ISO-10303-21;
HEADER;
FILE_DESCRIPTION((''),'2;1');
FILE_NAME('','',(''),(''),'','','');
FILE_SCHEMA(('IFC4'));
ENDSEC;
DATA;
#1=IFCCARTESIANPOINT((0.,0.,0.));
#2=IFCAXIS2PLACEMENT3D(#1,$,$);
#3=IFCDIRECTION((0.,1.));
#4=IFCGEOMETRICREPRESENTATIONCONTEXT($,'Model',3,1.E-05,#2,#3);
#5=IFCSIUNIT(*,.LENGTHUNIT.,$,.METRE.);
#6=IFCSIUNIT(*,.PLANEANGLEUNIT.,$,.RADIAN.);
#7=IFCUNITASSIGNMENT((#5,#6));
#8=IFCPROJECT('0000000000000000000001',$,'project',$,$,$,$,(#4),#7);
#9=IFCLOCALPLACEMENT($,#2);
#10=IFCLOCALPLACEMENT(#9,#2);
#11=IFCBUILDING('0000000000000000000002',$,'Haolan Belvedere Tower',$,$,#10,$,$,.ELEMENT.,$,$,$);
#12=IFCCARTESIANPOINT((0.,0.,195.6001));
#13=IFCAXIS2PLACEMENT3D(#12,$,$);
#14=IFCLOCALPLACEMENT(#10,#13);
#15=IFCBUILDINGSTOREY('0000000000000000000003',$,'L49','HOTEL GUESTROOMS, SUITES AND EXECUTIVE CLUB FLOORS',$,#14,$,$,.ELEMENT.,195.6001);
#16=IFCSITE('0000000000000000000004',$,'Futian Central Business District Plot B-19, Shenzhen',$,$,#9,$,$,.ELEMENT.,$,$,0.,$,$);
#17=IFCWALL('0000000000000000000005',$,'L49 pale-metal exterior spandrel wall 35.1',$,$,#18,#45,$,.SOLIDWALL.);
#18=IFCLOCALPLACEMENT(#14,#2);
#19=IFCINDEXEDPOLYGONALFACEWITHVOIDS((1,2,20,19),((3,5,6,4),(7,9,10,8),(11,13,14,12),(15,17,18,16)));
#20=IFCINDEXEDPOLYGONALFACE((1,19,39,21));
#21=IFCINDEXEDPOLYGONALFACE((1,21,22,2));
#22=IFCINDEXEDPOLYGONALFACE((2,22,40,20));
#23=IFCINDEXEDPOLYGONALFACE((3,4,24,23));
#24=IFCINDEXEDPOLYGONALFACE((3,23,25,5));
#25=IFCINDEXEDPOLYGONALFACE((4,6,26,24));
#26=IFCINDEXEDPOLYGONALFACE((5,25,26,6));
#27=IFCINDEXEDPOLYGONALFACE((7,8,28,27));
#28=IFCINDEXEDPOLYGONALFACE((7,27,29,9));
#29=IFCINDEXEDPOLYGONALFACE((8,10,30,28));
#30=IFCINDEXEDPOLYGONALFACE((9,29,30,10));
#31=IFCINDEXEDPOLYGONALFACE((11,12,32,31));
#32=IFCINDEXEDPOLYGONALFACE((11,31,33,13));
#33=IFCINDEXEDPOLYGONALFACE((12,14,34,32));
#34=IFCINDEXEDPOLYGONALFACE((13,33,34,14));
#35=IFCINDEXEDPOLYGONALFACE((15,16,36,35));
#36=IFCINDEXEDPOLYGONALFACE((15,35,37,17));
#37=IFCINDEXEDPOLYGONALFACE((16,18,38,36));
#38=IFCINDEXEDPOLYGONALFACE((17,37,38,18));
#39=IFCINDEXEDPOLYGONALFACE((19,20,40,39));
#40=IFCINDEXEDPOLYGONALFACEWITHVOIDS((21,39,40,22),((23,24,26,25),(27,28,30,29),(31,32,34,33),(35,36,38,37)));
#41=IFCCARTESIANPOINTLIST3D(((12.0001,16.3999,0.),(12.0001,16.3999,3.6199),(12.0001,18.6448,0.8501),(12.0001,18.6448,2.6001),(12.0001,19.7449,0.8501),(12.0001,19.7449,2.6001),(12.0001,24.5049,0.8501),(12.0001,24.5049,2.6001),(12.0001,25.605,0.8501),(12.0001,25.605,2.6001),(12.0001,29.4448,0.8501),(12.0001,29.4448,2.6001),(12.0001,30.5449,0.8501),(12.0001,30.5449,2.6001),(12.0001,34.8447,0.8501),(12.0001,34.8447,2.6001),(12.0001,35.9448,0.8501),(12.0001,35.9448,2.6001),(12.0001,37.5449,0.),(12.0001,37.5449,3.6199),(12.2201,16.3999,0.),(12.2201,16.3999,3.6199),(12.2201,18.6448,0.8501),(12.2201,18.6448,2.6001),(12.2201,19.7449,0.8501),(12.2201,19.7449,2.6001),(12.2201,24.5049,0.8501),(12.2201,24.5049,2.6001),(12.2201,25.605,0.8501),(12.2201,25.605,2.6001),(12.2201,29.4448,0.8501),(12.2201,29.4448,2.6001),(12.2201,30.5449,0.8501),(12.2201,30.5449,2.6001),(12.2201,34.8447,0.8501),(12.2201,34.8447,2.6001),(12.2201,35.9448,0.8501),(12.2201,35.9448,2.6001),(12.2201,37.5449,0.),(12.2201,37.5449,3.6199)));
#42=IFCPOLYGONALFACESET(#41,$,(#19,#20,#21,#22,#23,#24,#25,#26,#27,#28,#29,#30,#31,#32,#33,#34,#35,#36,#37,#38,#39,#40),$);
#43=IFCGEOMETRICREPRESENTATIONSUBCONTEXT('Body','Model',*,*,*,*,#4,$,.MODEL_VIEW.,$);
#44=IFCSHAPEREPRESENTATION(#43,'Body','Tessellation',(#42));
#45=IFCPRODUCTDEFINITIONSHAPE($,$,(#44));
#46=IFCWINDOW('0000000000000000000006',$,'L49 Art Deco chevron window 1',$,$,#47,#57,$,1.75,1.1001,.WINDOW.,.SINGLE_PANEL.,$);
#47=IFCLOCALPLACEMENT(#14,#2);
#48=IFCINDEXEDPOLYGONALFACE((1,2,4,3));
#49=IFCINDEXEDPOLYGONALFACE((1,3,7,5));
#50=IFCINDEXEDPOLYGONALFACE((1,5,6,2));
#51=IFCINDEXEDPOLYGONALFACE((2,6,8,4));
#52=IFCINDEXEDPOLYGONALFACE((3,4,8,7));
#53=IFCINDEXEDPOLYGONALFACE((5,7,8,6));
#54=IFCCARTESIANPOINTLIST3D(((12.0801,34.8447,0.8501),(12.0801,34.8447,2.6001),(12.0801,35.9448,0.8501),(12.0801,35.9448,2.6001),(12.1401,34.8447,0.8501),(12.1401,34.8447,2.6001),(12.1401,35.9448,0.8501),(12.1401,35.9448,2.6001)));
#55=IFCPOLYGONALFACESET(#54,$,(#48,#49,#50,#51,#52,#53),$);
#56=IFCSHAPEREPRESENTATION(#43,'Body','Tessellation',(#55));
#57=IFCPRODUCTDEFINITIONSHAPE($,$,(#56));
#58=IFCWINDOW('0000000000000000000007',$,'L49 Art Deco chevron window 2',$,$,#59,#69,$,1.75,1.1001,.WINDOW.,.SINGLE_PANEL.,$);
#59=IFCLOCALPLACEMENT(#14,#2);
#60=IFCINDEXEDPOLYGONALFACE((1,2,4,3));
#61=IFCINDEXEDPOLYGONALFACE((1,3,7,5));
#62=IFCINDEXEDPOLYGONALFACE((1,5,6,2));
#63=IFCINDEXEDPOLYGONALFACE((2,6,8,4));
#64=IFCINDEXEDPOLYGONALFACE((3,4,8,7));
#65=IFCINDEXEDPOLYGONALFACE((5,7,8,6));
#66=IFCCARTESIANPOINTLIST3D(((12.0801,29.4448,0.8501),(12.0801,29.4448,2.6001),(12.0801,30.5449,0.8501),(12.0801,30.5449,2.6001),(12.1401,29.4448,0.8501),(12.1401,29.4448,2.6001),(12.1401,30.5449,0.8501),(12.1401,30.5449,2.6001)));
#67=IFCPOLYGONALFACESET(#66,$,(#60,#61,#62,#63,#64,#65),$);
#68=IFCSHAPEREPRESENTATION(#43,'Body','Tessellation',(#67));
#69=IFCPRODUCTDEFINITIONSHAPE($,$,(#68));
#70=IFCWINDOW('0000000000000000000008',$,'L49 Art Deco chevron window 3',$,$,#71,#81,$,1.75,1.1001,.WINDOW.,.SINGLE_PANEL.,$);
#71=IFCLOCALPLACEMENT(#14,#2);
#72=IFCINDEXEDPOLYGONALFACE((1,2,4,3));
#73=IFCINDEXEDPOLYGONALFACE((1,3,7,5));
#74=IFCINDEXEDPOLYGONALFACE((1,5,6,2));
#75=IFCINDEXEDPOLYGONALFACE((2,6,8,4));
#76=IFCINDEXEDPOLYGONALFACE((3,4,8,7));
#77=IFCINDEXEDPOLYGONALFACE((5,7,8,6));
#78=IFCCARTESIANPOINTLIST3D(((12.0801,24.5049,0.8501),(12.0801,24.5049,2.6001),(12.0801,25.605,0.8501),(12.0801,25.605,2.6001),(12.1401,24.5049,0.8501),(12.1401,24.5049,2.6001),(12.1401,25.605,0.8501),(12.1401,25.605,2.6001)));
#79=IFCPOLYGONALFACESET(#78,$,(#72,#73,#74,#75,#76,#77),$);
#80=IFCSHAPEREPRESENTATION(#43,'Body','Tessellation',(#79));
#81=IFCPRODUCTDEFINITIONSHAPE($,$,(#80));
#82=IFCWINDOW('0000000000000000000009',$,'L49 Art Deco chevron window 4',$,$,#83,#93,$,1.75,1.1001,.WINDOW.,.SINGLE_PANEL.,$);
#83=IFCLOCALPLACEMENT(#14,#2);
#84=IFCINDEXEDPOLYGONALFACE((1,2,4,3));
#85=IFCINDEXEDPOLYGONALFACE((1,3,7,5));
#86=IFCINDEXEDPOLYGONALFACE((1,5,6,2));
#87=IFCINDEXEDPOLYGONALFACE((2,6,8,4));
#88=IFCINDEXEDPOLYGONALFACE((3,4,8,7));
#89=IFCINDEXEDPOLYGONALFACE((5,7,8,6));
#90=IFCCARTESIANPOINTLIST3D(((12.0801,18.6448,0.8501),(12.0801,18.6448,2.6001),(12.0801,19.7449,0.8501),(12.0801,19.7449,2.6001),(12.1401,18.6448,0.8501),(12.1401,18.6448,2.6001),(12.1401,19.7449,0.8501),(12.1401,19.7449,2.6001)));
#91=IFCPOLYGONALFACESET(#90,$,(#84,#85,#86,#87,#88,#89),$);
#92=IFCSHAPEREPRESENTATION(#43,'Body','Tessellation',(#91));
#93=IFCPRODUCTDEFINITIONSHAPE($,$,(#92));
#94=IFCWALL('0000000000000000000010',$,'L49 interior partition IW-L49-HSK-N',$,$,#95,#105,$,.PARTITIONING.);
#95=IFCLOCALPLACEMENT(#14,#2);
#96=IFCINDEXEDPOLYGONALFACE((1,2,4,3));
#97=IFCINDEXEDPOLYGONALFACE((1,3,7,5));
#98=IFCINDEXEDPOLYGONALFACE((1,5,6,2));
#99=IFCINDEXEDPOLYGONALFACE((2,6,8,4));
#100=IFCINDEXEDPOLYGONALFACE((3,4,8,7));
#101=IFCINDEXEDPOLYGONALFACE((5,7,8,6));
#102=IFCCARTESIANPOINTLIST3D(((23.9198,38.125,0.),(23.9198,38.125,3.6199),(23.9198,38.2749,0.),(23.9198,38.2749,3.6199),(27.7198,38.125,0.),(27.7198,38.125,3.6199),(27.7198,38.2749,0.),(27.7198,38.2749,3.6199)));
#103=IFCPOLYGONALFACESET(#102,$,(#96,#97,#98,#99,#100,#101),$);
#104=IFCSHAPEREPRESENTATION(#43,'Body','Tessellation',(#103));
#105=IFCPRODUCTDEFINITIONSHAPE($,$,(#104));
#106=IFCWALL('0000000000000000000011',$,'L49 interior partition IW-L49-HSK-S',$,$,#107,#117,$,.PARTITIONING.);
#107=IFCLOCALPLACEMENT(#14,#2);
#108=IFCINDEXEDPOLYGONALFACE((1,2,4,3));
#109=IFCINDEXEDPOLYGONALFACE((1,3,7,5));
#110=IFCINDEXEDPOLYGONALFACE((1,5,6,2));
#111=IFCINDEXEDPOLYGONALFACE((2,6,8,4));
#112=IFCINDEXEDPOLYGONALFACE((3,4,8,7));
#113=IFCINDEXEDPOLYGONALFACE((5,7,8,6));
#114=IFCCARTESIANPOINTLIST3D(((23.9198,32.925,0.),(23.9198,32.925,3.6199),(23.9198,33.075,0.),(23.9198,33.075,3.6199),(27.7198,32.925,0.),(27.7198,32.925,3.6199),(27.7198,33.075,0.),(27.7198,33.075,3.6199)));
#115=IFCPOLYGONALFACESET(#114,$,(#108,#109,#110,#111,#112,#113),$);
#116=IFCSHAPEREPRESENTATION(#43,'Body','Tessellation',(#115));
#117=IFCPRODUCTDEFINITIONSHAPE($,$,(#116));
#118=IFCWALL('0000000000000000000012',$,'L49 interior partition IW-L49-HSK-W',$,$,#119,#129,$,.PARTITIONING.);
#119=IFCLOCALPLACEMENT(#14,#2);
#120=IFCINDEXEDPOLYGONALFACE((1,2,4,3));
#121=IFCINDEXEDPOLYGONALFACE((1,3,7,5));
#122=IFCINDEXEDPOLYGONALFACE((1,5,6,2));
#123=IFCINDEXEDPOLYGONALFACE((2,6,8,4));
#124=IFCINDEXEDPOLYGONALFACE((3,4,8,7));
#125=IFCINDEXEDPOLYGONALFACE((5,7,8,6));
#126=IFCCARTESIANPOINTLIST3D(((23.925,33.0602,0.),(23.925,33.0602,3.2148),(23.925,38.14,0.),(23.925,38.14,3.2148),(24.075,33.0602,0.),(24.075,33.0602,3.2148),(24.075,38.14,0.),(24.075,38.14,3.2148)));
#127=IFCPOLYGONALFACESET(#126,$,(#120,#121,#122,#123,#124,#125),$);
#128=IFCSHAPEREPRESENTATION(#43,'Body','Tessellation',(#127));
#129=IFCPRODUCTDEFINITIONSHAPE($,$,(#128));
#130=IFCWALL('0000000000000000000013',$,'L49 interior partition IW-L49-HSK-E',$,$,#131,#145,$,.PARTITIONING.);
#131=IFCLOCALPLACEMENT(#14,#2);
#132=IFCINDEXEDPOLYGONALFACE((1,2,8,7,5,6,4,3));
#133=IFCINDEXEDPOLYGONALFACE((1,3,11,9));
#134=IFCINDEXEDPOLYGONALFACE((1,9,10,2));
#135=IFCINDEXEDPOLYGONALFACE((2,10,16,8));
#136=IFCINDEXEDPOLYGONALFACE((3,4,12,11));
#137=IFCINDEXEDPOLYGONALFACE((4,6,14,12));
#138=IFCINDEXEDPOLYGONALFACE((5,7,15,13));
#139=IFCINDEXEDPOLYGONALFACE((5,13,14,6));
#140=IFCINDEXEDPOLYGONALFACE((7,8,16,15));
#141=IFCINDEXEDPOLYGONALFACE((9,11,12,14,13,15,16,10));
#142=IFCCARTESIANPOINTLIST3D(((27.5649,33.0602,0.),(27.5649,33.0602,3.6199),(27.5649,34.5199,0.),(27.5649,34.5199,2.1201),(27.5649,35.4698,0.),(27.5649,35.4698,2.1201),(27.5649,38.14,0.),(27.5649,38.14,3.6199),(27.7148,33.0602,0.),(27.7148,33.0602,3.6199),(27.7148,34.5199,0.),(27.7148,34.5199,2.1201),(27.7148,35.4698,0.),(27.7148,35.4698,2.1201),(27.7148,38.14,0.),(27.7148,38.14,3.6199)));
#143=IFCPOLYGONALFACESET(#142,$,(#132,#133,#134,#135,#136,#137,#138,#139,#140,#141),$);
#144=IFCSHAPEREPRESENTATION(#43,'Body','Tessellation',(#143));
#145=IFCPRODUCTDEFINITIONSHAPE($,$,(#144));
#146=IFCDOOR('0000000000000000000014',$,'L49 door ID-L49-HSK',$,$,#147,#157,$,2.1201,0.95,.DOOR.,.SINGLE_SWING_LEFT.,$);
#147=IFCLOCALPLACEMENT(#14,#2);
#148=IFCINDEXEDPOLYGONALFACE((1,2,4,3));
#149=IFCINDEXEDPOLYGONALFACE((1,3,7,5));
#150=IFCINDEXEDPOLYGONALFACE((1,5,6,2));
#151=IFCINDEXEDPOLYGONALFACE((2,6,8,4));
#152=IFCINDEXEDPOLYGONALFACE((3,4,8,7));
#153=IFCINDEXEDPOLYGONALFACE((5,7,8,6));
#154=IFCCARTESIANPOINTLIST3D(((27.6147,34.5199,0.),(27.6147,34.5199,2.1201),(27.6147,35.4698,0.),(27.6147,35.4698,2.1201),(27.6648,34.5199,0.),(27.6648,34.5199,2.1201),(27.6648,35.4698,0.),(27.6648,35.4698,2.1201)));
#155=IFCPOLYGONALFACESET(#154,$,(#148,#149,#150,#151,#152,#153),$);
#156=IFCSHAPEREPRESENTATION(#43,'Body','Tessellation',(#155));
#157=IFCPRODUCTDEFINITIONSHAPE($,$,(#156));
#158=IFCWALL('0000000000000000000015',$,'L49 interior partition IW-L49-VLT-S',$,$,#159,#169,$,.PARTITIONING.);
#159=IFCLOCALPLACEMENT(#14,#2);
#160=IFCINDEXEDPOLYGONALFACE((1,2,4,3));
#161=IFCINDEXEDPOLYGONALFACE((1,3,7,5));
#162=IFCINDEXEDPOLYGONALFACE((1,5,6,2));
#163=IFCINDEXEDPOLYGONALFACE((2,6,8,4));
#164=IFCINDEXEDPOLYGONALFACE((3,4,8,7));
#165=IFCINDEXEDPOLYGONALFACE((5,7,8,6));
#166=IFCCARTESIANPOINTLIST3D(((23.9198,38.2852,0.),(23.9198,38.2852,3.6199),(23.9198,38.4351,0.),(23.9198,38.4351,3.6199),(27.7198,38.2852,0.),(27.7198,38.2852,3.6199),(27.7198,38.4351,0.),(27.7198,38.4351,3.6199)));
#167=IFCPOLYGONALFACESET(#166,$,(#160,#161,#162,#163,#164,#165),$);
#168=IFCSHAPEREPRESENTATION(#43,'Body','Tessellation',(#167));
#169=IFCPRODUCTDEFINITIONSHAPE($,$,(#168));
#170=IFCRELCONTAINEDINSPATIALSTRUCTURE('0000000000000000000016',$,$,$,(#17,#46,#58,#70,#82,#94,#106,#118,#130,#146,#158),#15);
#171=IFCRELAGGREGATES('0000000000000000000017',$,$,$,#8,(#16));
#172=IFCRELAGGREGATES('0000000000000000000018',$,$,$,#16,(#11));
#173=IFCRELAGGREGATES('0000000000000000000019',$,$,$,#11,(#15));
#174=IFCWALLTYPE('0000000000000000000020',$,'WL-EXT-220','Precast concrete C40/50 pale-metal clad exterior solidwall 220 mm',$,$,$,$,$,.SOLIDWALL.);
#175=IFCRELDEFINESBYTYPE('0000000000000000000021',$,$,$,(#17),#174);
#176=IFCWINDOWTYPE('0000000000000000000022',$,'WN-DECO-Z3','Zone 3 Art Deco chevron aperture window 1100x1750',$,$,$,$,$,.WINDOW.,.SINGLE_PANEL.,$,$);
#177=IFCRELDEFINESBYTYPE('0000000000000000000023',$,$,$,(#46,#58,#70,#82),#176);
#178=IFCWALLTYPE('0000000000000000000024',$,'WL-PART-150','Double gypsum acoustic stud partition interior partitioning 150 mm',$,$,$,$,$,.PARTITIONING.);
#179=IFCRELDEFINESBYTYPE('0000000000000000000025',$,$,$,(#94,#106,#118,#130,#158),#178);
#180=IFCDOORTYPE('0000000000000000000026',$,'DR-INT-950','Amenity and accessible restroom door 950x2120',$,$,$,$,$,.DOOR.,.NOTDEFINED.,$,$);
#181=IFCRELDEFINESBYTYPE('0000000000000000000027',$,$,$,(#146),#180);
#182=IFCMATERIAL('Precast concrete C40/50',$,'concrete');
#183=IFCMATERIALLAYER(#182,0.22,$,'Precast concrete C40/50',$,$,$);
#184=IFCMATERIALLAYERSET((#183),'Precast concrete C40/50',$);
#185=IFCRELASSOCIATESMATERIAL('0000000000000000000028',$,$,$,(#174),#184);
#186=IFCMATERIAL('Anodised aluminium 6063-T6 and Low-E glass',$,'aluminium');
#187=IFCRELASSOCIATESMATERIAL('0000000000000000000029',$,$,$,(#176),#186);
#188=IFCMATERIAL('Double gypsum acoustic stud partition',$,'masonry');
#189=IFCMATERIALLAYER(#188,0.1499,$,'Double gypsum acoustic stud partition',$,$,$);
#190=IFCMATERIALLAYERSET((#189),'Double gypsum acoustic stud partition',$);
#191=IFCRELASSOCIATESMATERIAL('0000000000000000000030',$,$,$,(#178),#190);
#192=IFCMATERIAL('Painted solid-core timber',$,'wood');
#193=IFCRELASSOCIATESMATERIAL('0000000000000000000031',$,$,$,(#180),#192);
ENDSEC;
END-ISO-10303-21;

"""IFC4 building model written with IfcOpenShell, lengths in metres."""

from ifc_helpers import new_model, si_unit, direction, frame, frame_2d, origin, place, context, subcontext, project, spatial, rectangle, extrude, material, layer, layer_set, type_object, element, fill, save


model = new_model("IFC4")

# Units and contexts
model_context = context("Model", 3, precision=1e-05, world=origin(), true_north=direction((0.0, 1.0)))
body_context = subcontext(model_context, "Body", "Model", "MODEL_VIEW")
ifc_project = project(units=[si_unit("LENGTHUNIT", "METRE"), si_unit("PLANEANGLEUNIT", "RADIAN")], contexts=[model_context])

# Site, building, storey
site_placement = place(None, origin())
site = spatial("IfcSite", under=ifc_project, at=site_placement, Name="Futian Central Business District Plot B-19, Shenzhen", CompositionType="ELEMENT", RefElevation=0.0)
building_placement = place(site_placement, origin())
building = spatial("IfcBuilding", under=site, at=building_placement, Name="Haolan Belvedere Tower", CompositionType="ELEMENT")
storey_placement = place(building_placement, frame((0.0, 0.0, 195.6001)))
storey = spatial("IfcBuildingStorey", under=building, at=storey_placement, Name="L49", Description="HOTEL GUESTROOMS, SUITES AND EXECUTIVE CLUB FLOORS", CompositionType="ELEMENT", Elevation=195.6001)

# Shared definitions
ifc_material_1 = material(Name="Precast concrete C40/50", Category="concrete")
ifc_layer_1 = layer(ifc_material_1, 0.22, Name="Precast concrete C40/50")
ifc_layer_set_1 = layer_set([ifc_layer_1], Name="Precast concrete C40/50")
wall_type_1 = type_object("IfcWallType", Name="WL-EXT-220", Description="Precast concrete C40/50 pale-metal clad exterior solidwall 220 mm", PredefinedType="SOLIDWALL", material=ifc_layer_set_1)

# Wall, openings, windows
wall_1_placement = place(storey_placement, frame((12.1101, 37.5449, 0.0), z_axis=(0.0, 0.0, 1.0), x_axis=(0.0, -1.0, 0.0)))
wall_1 = element("IfcWall", 1, at=wall_1_placement, inside=storey, type_object=wall_type_1, Name="L49 pale-metal exterior spandrel wall 35.1", PredefinedType="SOLIDWALL", context=body_context, shape_type="SweptSolid", body=[
    extrude(rectangle(XDim=21.145, YDim=0.22, at=frame_2d((10.5725, 0.0))), origin(), (0.0, 0.0, 1.0), 3.6199),
])
opening_1_placement = place(wall_1_placement, frame((1.6001, 0.0, 0.8501)))
opening_1 = element("IfcOpeningElement", 2, at=opening_1_placement, cuts=wall_1, PredefinedType="OPENING", context=body_context, shape_type="SweptSolid", body=[
    extrude(rectangle(XDim=1.1001, YDim=1.75, at=frame_2d((0.55, 0.875))), frame((0.0, 0.1199, 0.0), z_axis=(0.0, -1.0, 0.0), x_axis=(1.0, 0.0, 0.0)), (0.0, 0.0, 1.0), 0.24),
])
opening_2_placement = place(wall_1_placement, frame((7.0, 0.0, 0.8501)))
opening_2 = element("IfcOpeningElement", 3, at=opening_2_placement, cuts=wall_1, PredefinedType="OPENING", context=body_context, shape_type="SweptSolid", body=[
    extrude(rectangle(XDim=1.1001, YDim=1.75, at=frame_2d((0.55, 0.875))), frame((0.0, 0.1199, 0.0), z_axis=(0.0, -1.0, 0.0), x_axis=(1.0, 0.0, 0.0)), (0.0, 0.0, 1.0), 0.24),
])
opening_3_placement = place(wall_1_placement, frame((11.9399, 0.0, 0.8501)))
opening_3 = element("IfcOpeningElement", 4, at=opening_3_placement, cuts=wall_1, PredefinedType="OPENING", context=body_context, shape_type="SweptSolid", body=[
    extrude(rectangle(XDim=1.1001, YDim=1.75, at=frame_2d((0.55, 0.875))), frame((0.0, 0.1199, 0.0), z_axis=(0.0, -1.0, 0.0), x_axis=(1.0, 0.0, 0.0)), (0.0, 0.0, 1.0), 0.24),
])
opening_4_placement = place(wall_1_placement, frame((17.8, 0.0, 0.8501)))
opening_4 = element("IfcOpeningElement", 5, at=opening_4_placement, cuts=wall_1, PredefinedType="OPENING", context=body_context, shape_type="SweptSolid", body=[
    extrude(rectangle(XDim=1.1001, YDim=1.75, at=frame_2d((0.55, 0.875))), frame((0.0, 0.1199, 0.0), z_axis=(0.0, -1.0, 0.0), x_axis=(1.0, 0.0, 0.0)), (0.0, 0.0, 1.0), 0.24),
])
ifc_material_2 = material(Name="Anodised aluminium 6063-T6 and Low-E glass", Category="aluminium")
window_type = type_object("IfcWindowType", Name="WN-DECO-Z3", Description="Zone 3 Art Deco chevron aperture window 1100x1750", PartitioningType="SINGLE_PANEL", PredefinedType="WINDOW", material=ifc_material_2)
window_1_placement = place(opening_1_placement, origin())
window_1 = element("IfcWindow", 6, at=window_1_placement, inside=storey, type_object=window_type, Name="L49 Art Deco chevron window 1", OverallHeight=1.75, OverallWidth=1.1001, PartitioningType="SINGLE_PANEL", PredefinedType="WINDOW", context=body_context, shape_type="SweptSolid", body=[
    extrude(rectangle(XDim=1.1001, YDim=1.75, at=frame_2d((0.55, 0.875))), frame((0.0, 0.03, 0.0), z_axis=(0.0, -1.0, 0.0), x_axis=(1.0, 0.0, 0.0)), (0.0, 0.0, 1.0), 0.0601),
])
fill(opening_1, window_1)
window_2_placement = place(opening_2_placement, origin())
window_2 = element("IfcWindow", 7, at=window_2_placement, inside=storey, type_object=window_type, Name="L49 Art Deco chevron window 2", OverallHeight=1.75, OverallWidth=1.1001, PartitioningType="SINGLE_PANEL", PredefinedType="WINDOW", context=body_context, shape_type="SweptSolid", body=[
    extrude(rectangle(XDim=1.1001, YDim=1.75, at=frame_2d((0.55, 0.875))), frame((0.0, 0.03, 0.0), z_axis=(0.0, -1.0, 0.0), x_axis=(1.0, 0.0, 0.0)), (0.0, 0.0, 1.0), 0.0601),
])
fill(opening_2, window_2)
window_3_placement = place(opening_3_placement, origin())
window_3 = element("IfcWindow", 8, at=window_3_placement, inside=storey, type_object=window_type, Name="L49 Art Deco chevron window 3", OverallHeight=1.75, OverallWidth=1.1001, PartitioningType="SINGLE_PANEL", PredefinedType="WINDOW", context=body_context, shape_type="SweptSolid", body=[
    extrude(rectangle(XDim=1.1001, YDim=1.75, at=frame_2d((0.55, 0.875))), frame((0.0, 0.03, 0.0), z_axis=(0.0, -1.0, 0.0), x_axis=(1.0, 0.0, 0.0)), (0.0, 0.0, 1.0), 0.0601),
])
fill(opening_3, window_3)
window_4_placement = place(opening_4_placement, origin())
window_4 = element("IfcWindow", 9, at=window_4_placement, inside=storey, type_object=window_type, Name="L49 Art Deco chevron window 4", OverallHeight=1.75, OverallWidth=1.1001, PartitioningType="SINGLE_PANEL", PredefinedType="WINDOW", context=body_context, shape_type="SweptSolid", body=[
    extrude(rectangle(XDim=1.1001, YDim=1.75, at=frame_2d((0.55, 0.875))), frame((0.0, 0.03, 0.0), z_axis=(0.0, -1.0, 0.0), x_axis=(1.0, 0.0, 0.0)), (0.0, 0.0, 1.0), 0.0601),
])
fill(opening_4, window_4)

# Walls
ifc_material_3 = material(Name="Double gypsum acoustic stud partition", Category="masonry")
ifc_layer_2 = layer(ifc_material_3, 0.1499, Name="Double gypsum acoustic stud partition")
ifc_layer_set_2 = layer_set([ifc_layer_2], Name="Double gypsum acoustic stud partition")
wall_type_2 = type_object("IfcWallType", Name="WL-PART-150", Description="Double gypsum acoustic stud partition interior partitioning 150 mm", PredefinedType="PARTITIONING", material=ifc_layer_set_2)
for number, where, z_axis, x_axis, name in (
    (10, (23.9199, 38.2, 0.0), (0.0, 0.0, 1.0), (1.0, 0.0, 0.0), "L49 interior partition IW-L49-HSK-N"),
    (11, (23.9199, 33.0, 0.0), (0.0, 0.0, 1.0), (1.0, 0.0, 0.0), "L49 interior partition IW-L49-HSK-S"),
):
    element("IfcWall", number, at=place(storey_placement, frame(where, z_axis=z_axis, x_axis=x_axis)), inside=storey, type_object=wall_type_2, Name=name, PredefinedType="PARTITIONING", context=body_context, shape_type="SweptSolid", body=[
        extrude(rectangle(XDim=3.8, YDim=0.1499, at=frame_2d((1.8999, 0.0))), origin(), (0.0, 0.0, 1.0), 3.6199),
    ])
wall_2_placement = place(storey_placement, frame((24.0, 33.0601, 0.0), z_axis=(0.0, 0.0, 1.0), x_axis=(0.0, 1.0, 0.0)))
element("IfcWall", 12, at=wall_2_placement, inside=storey, type_object=wall_type_2, Name="L49 interior partition IW-L49-HSK-W", PredefinedType="PARTITIONING", context=body_context, shape_type="SweptSolid", body=[
    extrude(rectangle(XDim=5.0798, YDim=0.1499, at=frame_2d((2.54, 0.0))), origin(), (0.0, 0.0, 1.0), 3.2148),
])

# Wall, opening, door
wall_3_placement = place(storey_placement, frame((27.6399, 33.0601, 0.0), z_axis=(0.0, 0.0, 1.0), x_axis=(0.0, 1.0, 0.0)))
wall_3 = element("IfcWall", 13, at=wall_3_placement, inside=storey, type_object=wall_type_2, Name="L49 interior partition IW-L49-HSK-E", PredefinedType="PARTITIONING", context=body_context, shape_type="SweptSolid", body=[
    extrude(rectangle(XDim=5.0798, YDim=0.1499, at=frame_2d((2.54, 0.0))), origin(), (0.0, 0.0, 1.0), 3.6199),
])
opening_5_placement = place(wall_3_placement, frame((2.4099, 0.0, 0.0), z_axis=(0.0, 0.0, 1.0), x_axis=(-1.0, 0.0, 0.0)))
opening_5 = element("IfcOpeningElement", 14, at=opening_5_placement, cuts=wall_3, PredefinedType="OPENING", context=body_context, shape_type="SweptSolid", body=[
    extrude(rectangle(XDim=0.95, YDim=2.1201, at=frame_2d((0.4751, 1.0601))), frame((0.0, 0.085, 0.0), z_axis=(0.0, -1.0, 0.0), x_axis=(1.0, 0.0, 0.0)), (0.0, 0.0, 1.0), 0.1699),
])
ifc_material_4 = material(Name="Painted solid-core timber", Category="wood")
door_type = type_object("IfcDoorType", Name="DR-INT-950", Description="Amenity and accessible restroom door 950x2120", OperationType="NOTDEFINED", PredefinedType="DOOR", material=ifc_material_4)
door_1_placement = place(opening_5_placement, origin())
door_1 = element("IfcDoor", 15, at=door_1_placement, inside=storey, type_object=door_type, Name="L49 door ID-L49-HSK", OperationType="SINGLE_SWING_LEFT", OverallHeight=2.1201, OverallWidth=0.95, PredefinedType="DOOR", context=body_context, shape_type="SweptSolid", body=[
    extrude(rectangle(XDim=0.95, YDim=2.1201, at=frame_2d((0.4751, 1.0601))), frame((0.0, 0.0249, 0.0), z_axis=(0.0, -1.0, 0.0), x_axis=(1.0, 0.0, 0.0)), (0.0, 0.0, 1.0), 0.05),
])
fill(opening_5, door_1)

# Wall
wall_4_placement = place(storey_placement, frame((23.9199, 38.3601, 0.0), z_axis=(0.0, 0.0, 1.0), x_axis=(1.0, 0.0, 0.0)))
element("IfcWall", 16, at=wall_4_placement, inside=storey, type_object=wall_type_2, Name="L49 interior partition IW-L49-VLT-S", PredefinedType="PARTITIONING", context=body_context, shape_type="SweptSolid", body=[
    extrude(rectangle(XDim=3.8, YDim=0.1499, at=frame_2d((1.8999, 0.0))), origin(), (0.0, 0.0, 1.0), 3.6199),
])

save(model, "model.ifc")
